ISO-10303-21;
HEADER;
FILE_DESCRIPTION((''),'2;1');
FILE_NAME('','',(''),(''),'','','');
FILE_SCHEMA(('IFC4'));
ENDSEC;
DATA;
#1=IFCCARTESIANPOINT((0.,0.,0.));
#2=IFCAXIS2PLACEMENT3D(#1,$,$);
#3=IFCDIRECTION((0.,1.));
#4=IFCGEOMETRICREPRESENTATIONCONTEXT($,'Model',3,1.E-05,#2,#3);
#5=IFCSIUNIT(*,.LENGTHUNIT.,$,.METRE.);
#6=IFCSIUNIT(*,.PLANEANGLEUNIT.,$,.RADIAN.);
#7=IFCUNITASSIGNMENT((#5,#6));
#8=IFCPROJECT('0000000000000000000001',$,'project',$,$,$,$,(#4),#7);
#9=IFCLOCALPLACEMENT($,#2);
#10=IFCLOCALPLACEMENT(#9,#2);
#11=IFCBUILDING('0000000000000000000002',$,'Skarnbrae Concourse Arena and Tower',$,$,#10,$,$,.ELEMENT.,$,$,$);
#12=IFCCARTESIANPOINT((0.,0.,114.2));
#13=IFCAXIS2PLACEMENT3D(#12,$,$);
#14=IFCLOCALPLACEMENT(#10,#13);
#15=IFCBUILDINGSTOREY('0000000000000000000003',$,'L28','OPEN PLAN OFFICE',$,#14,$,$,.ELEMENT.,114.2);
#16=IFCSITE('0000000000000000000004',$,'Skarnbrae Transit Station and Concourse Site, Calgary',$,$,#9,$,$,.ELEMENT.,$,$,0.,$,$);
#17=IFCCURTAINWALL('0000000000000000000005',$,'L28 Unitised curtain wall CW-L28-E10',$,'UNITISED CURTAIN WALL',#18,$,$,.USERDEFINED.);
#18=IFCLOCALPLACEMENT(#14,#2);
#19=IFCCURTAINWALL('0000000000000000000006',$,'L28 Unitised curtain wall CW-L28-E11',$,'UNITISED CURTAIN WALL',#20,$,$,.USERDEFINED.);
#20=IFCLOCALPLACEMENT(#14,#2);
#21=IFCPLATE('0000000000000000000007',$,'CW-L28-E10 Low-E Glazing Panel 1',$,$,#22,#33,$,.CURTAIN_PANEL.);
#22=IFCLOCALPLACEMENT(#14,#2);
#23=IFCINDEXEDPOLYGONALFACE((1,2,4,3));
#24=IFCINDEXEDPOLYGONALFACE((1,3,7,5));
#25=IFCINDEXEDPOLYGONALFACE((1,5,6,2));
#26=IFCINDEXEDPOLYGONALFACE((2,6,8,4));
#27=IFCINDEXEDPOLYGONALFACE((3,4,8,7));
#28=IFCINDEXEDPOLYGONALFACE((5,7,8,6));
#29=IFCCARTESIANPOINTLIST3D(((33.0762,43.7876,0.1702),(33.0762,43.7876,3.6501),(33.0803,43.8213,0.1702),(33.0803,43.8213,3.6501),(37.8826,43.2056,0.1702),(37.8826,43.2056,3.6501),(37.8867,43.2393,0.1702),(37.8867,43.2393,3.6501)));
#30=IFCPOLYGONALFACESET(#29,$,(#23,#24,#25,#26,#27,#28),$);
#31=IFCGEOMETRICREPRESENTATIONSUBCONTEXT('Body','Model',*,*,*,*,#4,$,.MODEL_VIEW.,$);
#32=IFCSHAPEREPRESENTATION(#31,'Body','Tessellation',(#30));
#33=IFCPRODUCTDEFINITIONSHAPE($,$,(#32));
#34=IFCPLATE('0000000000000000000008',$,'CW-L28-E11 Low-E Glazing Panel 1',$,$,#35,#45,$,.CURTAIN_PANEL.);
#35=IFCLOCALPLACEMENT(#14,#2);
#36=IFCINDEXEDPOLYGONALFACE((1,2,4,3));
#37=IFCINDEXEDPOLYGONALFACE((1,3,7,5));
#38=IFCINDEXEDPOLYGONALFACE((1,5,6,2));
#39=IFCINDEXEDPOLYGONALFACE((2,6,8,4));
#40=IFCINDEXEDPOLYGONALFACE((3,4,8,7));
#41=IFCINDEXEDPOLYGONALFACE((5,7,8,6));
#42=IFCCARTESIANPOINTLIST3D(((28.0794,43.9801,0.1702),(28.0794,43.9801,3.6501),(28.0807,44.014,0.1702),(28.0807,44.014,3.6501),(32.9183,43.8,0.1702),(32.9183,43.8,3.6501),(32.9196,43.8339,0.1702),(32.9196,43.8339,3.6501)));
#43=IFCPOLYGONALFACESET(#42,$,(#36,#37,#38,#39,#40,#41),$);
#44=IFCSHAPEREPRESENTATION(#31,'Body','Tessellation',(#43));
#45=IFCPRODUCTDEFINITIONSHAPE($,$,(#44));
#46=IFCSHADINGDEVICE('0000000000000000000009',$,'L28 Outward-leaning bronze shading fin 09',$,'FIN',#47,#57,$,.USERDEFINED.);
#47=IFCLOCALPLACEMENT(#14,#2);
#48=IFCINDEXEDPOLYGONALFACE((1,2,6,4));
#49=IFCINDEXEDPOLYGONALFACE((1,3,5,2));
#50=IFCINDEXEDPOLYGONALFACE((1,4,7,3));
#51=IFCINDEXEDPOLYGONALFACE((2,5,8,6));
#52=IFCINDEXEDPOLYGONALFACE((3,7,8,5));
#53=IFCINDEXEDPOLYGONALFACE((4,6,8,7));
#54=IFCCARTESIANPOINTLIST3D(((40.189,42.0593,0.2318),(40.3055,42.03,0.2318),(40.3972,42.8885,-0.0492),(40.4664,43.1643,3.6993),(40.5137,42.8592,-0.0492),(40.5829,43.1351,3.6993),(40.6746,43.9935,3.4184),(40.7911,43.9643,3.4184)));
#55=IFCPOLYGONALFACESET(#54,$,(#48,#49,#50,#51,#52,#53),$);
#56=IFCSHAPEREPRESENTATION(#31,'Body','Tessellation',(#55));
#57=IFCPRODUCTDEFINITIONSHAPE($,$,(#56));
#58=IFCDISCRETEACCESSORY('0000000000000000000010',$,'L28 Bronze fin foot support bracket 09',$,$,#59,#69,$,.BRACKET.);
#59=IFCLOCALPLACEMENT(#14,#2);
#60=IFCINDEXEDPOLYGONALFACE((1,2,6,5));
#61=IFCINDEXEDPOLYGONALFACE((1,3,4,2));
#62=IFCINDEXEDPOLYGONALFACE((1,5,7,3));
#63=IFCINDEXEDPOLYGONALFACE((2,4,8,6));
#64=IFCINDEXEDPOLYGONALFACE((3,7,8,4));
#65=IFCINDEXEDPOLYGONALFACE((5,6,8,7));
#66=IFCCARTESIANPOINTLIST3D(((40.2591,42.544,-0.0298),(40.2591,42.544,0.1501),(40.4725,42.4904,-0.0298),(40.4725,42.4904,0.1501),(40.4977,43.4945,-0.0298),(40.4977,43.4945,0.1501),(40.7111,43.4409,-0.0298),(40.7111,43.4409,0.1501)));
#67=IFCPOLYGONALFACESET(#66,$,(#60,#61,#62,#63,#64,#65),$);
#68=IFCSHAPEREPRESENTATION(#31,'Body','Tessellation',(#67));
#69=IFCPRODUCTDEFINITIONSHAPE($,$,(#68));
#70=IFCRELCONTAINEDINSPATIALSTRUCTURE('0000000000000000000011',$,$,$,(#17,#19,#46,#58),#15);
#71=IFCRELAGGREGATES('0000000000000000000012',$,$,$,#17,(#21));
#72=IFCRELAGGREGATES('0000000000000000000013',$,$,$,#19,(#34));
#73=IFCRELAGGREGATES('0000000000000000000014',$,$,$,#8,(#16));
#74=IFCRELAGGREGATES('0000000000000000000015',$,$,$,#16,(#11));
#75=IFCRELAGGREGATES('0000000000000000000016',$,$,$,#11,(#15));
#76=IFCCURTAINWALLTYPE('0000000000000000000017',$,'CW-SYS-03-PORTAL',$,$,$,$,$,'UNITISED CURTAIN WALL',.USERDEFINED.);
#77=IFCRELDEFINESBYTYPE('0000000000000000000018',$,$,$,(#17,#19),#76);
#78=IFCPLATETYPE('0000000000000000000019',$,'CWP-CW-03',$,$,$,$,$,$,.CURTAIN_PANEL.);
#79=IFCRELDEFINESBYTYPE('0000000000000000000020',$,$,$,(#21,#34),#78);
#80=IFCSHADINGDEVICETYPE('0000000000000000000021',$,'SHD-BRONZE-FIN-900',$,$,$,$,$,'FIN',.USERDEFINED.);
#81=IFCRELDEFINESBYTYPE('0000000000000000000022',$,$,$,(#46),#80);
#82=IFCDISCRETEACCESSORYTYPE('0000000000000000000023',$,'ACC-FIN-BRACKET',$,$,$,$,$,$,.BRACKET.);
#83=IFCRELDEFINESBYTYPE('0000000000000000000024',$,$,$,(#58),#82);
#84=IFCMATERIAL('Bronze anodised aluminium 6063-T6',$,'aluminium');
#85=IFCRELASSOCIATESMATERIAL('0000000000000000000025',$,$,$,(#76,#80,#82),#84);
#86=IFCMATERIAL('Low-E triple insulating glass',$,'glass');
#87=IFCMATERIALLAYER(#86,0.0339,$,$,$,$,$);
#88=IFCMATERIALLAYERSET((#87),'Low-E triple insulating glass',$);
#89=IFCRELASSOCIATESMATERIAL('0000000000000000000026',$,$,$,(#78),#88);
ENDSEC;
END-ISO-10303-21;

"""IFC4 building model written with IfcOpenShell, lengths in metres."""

from ifc_helpers import new_model, si_unit, direction, frame, origin, origin_2d, place, context, subcontext, project, spatial, rectangle, extrude, source, transform, mapped, material, layer, layer_set, type_object, element, aggregate, save


model = new_model("IFC4")

# Units and contexts
model_context = context("Model", 3, precision=1e-05, world=origin(), true_north=direction((0.0, 1.0)))
body_context = subcontext(model_context, "Body", "Model", "MODEL_VIEW")
ifc_project = project(units=[si_unit("LENGTHUNIT", "METRE"), si_unit("PLANEANGLEUNIT", "RADIAN")], contexts=[model_context])

# Site, building, storey
site_placement = place(None, origin())
site = spatial("IfcSite", under=ifc_project, at=site_placement, Name="Skarnbrae Transit Station and Concourse Site, Calgary", CompositionType="ELEMENT", RefElevation=0.0)
building_placement = place(site_placement, origin())
building = spatial("IfcBuilding", under=site, at=building_placement, Name="Skarnbrae Concourse Arena and Tower", CompositionType="ELEMENT")
storey_placement = place(building_placement, frame((0.0, 0.0, 114.2)))
storey = spatial("IfcBuildingStorey", under=building, at=storey_placement, Name="L28", Description="OPEN PLAN OFFICE", CompositionType="ELEMENT", Elevation=114.2)

# Curtain walls
ifc_material_1 = material(Name="Bronze anodised aluminium 6063-T6", Category="aluminium")
curtain_wall_type_1 = type_object("IfcCurtainWallType", Name="CW-SYS-03-PORTAL", ElementType="UNITISED CURTAIN WALL", PredefinedType="USERDEFINED", material=ifc_material_1)
curtain_wall_1_placement = place(storey_placement, origin())
curtain_wall_1 = element("IfcCurtainWall", 1, at=curtain_wall_1_placement, inside=storey, type_object=curtain_wall_type_1, Name="L28 Unitised curtain wall CW-L28-E10", ObjectType="UNITISED CURTAIN WALL", PredefinedType="USERDEFINED")
curtain_wall_2_placement = place(storey_placement, origin())
curtain_wall_2 = element("IfcCurtainWall", 2, at=curtain_wall_2_placement, inside=storey, type_object=curtain_wall_type_1, Name="L28 Unitised curtain wall CW-L28-E11", ObjectType="UNITISED CURTAIN WALL", PredefinedType="USERDEFINED")

# Plates
ifc_material_2 = material(Name="Low-E triple insulating glass", Category="glass")
ifc_layer_1 = layer(ifc_material_2, 0.0339)
ifc_layer_set_1 = layer_set([ifc_layer_1], Name="Low-E triple insulating glass")
plate_type_1 = type_object("IfcPlateType", Name="CWP-CW-03", PredefinedType="CURTAIN_PANEL", material=ifc_layer_set_1)
shared_shape_1 = source(origin(), body_context, "Body", "SweptSolid", [
    extrude(rectangle(XDim=4.8416, YDim=0.0339, at=origin_2d()), origin(), (0.0, 0.0, 1.0), 3.48),
])
plate_1_placement = place(storey_placement, frame((35.4814, 43.5134, 0.1702), z_axis=(0.0, 0.0, 1.0), x_axis=(-0.992749, 0.120203, 0.0)))
plate_1 = element("IfcPlate", 3, at=plate_1_placement, type_object=plate_type_1, Name="CW-L28-E10 Low-E Glazing Panel 1", PredefinedType="CURTAIN_PANEL", context=body_context, shape_type="MappedRepresentation", body=[
    mapped(shared_shape_1, transform((0.0, 0.0, 0.0))),
])
aggregate(curtain_wall_1, [plate_1])
shared_shape_2 = source(origin(), body_context, "Body", "SweptSolid", [
    extrude(rectangle(XDim=4.8423, YDim=0.0339, at=origin_2d()), origin(), (0.0, 0.0, 1.0), 3.48),
])
plate_2_placement = place(storey_placement, frame((30.4995, 43.907, 0.1702), z_axis=(0.0, 0.0, 1.0), x_axis=(-0.999308, 0.037183, 0.0)))
plate_2 = element("IfcPlate", 4, at=plate_2_placement, type_object=plate_type_1, Name="CW-L28-E11 Low-E Glazing Panel 1", PredefinedType="CURTAIN_PANEL", context=body_context, shape_type="MappedRepresentation", body=[
    mapped(shared_shape_2, transform((0.0, 0.0, 0.0))),
])
aggregate(curtain_wall_2, [plate_2])

# Shading device
shading_device_type = type_object("IfcShadingDeviceType", Name="SHD-BRONZE-FIN-900", ElementType="FIN", PredefinedType="USERDEFINED", material=ifc_material_1)
shared_shape_3 = source(origin(), body_context, "Body", "SweptSolid", [
    extrude(rectangle(XDim=0.1201, YDim=0.8999, at=origin_2d()), origin(), (0.0, 0.0, 1.0), 3.6499),
])
shading_device_placement = place(storey_placement, frame((40.3513, 42.4592, 0.0913), z_axis=(0.076012, 0.302773, 0.950027), x_axis=(0.969902, -0.243497, 0.0)))
element("IfcShadingDevice", 5, at=shading_device_placement, inside=storey, type_object=shading_device_type, Name="L28 Outward-leaning bronze shading fin 09", ObjectType="FIN", PredefinedType="USERDEFINED", context=body_context, shape_type="MappedRepresentation", body=[
    mapped(shared_shape_3, transform((0.0, 0.0, 0.0))),
])

# Discrete accessory
discrete_accessory_type = type_object("IfcDiscreteAccessoryType", Name="ACC-FIN-BRACKET", PredefinedType="BRACKET", material=ifc_material_1)
shared_shape_4 = source(origin(), body_context, "Body", "SweptSolid", [
    extrude(rectangle(XDim=0.22, YDim=0.98, at=origin_2d()), origin(), (0.0, 0.0, 1.0), 0.1799),
])
discrete_accessory_placement = place(storey_placement, frame((40.4851, 42.9924, -0.0298), z_axis=(0.0, 0.0, 1.0), x_axis=(0.969902, -0.243497, 0.0)))
element("IfcDiscreteAccessory", 6, at=discrete_accessory_placement, inside=storey, type_object=discrete_accessory_type, Name="L28 Bronze fin foot support bracket 09", PredefinedType="BRACKET", context=body_context, shape_type="MappedRepresentation", body=[
    mapped(shared_shape_4, transform((0.0, 0.0, 0.0))),
])

save(model, "model.ifc")
